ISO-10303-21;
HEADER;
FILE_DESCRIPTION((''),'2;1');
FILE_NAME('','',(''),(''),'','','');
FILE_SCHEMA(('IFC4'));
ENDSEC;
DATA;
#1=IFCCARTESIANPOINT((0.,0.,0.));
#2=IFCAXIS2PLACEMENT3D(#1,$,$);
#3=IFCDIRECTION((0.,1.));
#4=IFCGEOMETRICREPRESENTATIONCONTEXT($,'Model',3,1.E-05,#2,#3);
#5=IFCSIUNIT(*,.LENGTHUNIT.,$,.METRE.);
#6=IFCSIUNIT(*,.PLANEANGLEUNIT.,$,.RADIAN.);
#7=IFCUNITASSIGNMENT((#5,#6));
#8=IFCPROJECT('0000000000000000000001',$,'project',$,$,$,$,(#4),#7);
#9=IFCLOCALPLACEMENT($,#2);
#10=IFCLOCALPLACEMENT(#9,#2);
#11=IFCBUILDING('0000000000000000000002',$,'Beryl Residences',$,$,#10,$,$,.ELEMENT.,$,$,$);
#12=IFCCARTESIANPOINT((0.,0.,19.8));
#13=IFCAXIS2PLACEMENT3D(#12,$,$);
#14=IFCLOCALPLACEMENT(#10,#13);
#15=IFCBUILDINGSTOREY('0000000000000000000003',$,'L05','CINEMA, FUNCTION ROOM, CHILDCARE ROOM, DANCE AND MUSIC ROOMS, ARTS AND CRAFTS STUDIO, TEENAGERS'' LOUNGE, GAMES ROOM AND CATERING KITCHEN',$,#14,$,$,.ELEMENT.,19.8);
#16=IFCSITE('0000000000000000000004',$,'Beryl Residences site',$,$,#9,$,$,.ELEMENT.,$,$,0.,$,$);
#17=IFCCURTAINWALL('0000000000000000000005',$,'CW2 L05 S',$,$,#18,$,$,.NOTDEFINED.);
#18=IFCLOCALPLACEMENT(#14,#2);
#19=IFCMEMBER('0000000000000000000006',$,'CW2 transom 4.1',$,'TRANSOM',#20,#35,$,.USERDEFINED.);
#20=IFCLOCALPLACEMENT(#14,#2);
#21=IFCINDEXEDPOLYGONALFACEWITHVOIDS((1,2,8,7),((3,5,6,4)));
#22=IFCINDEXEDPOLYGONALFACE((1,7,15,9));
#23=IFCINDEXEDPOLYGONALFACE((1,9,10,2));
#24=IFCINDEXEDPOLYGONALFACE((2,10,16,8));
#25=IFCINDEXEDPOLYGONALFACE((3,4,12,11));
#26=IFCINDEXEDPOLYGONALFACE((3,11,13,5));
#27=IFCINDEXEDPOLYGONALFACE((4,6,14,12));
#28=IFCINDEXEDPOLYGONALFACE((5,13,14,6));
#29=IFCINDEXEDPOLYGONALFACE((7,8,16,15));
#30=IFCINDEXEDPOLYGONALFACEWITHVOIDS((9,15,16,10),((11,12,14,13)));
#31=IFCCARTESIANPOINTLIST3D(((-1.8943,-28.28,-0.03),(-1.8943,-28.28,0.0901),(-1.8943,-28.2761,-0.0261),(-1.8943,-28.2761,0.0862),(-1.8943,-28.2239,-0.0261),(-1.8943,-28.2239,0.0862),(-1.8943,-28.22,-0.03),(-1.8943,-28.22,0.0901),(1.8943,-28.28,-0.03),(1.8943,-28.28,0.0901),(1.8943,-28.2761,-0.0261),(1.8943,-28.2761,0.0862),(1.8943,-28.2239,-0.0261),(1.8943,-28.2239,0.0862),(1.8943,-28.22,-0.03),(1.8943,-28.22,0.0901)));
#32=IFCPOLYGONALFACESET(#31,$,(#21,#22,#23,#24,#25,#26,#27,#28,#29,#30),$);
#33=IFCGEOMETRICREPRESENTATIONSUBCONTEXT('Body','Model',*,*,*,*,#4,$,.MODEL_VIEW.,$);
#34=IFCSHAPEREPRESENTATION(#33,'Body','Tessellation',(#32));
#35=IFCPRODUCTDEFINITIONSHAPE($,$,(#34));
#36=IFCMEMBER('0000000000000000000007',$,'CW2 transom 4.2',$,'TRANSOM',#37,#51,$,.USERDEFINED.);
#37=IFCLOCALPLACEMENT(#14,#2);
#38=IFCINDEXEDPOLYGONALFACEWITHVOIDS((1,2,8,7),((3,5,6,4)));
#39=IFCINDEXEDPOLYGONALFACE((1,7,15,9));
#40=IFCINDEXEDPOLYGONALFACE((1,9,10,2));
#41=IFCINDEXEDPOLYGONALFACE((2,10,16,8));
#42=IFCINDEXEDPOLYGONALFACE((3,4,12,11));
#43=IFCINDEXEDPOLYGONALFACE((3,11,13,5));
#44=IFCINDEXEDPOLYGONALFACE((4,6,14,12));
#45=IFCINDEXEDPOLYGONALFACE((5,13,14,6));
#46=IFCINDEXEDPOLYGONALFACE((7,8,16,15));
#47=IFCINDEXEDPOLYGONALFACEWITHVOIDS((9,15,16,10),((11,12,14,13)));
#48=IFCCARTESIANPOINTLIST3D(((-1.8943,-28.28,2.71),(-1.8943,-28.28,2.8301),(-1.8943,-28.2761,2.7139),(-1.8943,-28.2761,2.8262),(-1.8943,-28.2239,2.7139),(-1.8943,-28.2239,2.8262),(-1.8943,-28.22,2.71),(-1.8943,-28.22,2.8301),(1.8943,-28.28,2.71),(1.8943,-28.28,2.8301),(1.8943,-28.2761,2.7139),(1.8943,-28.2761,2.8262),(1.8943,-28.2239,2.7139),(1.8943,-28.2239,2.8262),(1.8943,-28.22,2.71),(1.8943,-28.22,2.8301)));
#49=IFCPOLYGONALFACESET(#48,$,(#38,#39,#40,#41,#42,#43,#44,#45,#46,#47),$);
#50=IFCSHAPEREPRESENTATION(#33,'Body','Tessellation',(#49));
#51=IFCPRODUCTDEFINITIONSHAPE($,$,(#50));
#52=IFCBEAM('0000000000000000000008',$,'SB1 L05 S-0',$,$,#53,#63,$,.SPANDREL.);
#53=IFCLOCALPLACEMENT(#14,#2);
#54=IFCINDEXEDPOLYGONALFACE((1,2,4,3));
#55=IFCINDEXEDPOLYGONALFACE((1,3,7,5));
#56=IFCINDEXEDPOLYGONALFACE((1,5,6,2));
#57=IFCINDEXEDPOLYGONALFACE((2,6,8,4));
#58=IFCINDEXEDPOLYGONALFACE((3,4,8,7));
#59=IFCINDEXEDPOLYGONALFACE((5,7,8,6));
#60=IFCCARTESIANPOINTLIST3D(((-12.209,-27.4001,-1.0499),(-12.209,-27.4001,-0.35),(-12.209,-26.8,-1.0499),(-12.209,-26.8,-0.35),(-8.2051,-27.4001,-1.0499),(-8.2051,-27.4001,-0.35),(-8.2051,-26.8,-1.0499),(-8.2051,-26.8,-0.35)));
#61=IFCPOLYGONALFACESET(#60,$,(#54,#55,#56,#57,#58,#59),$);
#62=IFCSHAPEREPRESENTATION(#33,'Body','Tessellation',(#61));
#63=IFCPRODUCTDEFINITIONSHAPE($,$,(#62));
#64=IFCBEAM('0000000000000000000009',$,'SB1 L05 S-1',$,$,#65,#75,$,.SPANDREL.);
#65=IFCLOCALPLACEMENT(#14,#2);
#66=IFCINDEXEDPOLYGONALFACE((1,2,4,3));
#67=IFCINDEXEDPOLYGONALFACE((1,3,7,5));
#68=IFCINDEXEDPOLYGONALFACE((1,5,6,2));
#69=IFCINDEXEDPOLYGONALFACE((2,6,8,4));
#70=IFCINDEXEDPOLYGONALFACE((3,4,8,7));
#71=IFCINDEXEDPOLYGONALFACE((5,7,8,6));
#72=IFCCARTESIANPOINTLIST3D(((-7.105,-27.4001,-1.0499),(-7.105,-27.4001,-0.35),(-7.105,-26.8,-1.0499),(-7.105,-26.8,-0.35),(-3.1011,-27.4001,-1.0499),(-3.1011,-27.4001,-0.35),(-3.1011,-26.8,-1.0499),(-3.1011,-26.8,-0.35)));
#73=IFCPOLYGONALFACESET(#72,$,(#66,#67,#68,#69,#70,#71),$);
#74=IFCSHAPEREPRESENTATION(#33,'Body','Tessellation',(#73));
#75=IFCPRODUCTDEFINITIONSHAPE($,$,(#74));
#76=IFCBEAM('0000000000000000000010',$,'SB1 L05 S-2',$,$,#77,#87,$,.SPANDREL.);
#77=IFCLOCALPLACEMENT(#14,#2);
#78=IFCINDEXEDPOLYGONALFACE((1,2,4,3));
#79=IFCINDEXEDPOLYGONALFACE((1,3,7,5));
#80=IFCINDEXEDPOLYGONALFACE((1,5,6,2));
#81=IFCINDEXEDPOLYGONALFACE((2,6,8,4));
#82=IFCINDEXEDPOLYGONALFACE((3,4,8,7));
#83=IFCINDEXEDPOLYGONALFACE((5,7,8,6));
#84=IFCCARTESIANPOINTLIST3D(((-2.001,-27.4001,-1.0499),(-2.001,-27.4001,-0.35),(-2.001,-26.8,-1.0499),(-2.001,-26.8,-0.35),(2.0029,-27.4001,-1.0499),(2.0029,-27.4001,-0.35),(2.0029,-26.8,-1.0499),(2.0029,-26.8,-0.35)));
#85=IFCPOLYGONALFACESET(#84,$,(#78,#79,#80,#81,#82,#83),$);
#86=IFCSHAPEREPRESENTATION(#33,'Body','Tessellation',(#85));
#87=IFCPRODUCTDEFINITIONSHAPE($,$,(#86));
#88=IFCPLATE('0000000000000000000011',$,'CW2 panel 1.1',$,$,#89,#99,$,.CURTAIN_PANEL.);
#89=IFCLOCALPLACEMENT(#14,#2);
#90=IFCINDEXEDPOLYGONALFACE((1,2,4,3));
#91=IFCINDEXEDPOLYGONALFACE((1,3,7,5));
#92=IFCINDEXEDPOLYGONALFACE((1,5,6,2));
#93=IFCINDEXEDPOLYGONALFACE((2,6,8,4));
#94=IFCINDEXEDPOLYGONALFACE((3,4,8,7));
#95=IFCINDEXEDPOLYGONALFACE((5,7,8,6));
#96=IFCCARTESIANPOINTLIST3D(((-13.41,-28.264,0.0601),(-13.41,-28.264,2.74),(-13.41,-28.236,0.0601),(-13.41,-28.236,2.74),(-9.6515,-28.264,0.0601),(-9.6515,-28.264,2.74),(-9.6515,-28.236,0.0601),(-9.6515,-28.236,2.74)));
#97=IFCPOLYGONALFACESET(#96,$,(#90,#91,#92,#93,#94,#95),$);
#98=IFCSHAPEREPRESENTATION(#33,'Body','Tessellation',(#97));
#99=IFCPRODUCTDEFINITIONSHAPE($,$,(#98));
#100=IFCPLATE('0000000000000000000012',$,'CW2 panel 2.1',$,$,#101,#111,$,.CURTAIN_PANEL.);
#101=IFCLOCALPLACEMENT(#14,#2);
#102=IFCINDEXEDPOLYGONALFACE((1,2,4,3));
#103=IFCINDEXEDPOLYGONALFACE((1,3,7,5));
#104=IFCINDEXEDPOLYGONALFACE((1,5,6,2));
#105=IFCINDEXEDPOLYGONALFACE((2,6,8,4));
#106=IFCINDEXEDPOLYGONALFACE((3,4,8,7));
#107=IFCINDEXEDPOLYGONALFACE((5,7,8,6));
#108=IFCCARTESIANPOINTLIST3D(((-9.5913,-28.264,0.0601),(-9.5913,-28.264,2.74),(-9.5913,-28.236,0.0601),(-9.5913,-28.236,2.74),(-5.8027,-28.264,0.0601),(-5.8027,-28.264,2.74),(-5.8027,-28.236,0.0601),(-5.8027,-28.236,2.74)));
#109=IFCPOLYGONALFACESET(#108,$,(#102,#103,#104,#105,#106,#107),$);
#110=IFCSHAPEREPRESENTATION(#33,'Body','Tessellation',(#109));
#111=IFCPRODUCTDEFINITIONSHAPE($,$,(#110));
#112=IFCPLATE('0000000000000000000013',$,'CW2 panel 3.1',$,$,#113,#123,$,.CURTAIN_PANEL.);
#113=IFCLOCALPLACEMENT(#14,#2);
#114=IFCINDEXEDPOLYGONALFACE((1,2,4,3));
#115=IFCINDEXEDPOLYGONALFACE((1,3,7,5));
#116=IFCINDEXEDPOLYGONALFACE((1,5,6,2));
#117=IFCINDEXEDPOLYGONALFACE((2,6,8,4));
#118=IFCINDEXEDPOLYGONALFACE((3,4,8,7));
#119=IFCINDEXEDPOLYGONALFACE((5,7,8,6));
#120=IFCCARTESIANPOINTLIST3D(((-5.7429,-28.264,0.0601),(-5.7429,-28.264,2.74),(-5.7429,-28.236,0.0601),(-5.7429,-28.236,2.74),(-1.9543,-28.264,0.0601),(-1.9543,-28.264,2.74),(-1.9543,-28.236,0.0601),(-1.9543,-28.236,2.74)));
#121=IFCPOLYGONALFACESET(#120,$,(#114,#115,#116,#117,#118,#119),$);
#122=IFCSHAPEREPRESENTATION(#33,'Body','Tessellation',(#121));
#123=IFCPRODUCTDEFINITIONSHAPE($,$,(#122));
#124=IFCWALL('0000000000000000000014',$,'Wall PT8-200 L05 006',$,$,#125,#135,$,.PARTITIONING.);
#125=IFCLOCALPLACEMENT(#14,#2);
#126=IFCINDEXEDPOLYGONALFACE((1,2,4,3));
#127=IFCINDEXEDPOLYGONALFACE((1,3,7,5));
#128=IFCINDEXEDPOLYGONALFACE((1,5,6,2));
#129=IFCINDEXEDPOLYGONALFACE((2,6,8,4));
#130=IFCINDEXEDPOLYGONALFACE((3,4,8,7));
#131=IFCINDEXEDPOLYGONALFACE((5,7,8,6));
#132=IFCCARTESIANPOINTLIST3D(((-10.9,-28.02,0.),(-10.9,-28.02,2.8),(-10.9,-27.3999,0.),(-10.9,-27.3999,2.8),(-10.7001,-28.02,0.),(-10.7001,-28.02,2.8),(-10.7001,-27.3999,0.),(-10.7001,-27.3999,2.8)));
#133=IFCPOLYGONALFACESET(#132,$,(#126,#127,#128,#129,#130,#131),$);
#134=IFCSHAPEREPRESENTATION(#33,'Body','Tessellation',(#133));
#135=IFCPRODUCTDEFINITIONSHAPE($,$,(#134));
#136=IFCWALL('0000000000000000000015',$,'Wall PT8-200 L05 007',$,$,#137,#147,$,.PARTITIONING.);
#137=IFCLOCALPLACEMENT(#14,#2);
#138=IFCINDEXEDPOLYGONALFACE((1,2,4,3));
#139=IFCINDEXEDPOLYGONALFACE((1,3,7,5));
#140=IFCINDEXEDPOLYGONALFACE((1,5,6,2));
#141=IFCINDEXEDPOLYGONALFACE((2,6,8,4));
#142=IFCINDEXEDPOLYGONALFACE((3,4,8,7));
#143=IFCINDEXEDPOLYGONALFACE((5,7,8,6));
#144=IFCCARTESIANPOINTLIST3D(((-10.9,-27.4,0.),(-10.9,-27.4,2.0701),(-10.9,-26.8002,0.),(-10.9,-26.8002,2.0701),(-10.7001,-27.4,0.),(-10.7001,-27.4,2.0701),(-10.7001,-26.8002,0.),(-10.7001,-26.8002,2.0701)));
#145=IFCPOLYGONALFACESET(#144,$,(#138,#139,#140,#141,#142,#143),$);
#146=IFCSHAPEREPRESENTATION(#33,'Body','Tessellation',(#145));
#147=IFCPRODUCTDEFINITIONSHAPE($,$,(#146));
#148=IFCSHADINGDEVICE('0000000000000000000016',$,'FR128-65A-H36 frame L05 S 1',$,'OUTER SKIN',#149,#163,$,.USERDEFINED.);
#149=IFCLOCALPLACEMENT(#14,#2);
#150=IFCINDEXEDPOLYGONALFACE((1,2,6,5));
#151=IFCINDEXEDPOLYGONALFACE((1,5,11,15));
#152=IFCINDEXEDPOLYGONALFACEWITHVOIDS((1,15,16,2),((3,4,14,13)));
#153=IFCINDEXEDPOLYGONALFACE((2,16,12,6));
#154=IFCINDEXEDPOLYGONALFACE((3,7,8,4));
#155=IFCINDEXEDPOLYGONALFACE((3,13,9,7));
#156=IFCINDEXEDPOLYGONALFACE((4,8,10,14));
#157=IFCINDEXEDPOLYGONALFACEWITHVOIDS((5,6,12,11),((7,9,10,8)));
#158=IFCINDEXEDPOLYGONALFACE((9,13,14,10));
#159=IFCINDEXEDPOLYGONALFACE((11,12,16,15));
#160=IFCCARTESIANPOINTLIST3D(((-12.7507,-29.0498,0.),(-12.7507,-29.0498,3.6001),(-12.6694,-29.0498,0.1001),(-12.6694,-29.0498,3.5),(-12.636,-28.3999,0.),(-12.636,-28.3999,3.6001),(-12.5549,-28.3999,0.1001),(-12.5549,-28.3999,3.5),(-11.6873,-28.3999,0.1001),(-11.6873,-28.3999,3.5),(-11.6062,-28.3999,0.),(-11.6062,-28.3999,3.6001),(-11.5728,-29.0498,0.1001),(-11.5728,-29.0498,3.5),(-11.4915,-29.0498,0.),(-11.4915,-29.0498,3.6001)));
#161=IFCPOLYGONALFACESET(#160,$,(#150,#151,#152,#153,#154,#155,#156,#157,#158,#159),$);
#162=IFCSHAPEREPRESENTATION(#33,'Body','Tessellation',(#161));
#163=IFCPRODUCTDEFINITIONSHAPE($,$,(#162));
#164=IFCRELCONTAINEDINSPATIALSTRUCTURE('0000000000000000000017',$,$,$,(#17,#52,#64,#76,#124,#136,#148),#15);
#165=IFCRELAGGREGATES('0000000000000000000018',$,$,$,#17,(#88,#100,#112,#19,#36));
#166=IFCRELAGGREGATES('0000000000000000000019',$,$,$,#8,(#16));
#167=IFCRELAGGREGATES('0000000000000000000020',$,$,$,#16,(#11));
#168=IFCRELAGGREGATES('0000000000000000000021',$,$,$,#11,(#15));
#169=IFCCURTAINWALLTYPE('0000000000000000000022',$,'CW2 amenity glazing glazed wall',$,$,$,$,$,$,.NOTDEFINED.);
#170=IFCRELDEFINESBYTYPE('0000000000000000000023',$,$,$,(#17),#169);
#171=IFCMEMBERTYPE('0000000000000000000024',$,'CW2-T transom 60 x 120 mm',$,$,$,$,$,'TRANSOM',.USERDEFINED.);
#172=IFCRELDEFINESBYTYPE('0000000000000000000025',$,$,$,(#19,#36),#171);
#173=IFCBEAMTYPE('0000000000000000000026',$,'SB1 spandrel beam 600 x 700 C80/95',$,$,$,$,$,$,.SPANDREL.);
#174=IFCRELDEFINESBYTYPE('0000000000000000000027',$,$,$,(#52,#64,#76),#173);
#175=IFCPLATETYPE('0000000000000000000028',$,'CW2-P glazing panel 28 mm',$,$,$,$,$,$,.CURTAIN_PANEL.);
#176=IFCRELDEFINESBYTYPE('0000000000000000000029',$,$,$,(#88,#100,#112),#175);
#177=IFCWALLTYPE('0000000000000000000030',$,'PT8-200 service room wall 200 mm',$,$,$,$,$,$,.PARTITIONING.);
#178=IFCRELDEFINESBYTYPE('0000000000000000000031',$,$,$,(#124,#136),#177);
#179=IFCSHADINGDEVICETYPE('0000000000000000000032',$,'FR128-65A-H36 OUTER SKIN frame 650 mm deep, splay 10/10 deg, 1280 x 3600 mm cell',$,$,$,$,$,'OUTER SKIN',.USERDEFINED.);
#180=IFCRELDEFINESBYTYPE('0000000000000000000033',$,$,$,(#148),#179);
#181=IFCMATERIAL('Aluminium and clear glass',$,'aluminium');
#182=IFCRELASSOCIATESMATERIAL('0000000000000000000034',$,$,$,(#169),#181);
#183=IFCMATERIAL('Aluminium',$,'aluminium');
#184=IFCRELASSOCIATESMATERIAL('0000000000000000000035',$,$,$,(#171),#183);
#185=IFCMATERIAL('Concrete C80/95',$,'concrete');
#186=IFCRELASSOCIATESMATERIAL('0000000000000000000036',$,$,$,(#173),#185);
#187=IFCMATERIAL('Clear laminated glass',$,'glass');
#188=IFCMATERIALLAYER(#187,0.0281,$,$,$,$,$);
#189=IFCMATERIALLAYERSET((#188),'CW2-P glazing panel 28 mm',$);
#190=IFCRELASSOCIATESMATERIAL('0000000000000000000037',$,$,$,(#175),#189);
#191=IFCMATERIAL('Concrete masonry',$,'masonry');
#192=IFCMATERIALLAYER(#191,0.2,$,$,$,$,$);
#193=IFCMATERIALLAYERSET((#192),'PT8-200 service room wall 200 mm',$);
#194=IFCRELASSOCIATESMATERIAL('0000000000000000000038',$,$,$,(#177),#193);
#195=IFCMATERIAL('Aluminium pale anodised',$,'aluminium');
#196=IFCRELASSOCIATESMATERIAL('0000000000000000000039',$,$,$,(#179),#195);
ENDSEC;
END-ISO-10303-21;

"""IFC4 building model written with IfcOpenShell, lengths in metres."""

from ifc_helpers import new_model, entity, si_unit, direction, frame, frame_2d, origin, origin_2d, place, context, subcontext, project, spatial, rectangle, hollow_rectangle, extrude, source, transform, mapped, material, layer, layer_set, material_profile, profile_set, type_object, type_shapes, element, aggregate, save


model = new_model("IFC4")

# Units and contexts
model_context = context("Model", 3, precision=1e-05, world=origin(), true_north=direction((0.0, 1.0)))
body_context = subcontext(model_context, "Body", "Model", "MODEL_VIEW")
ifc_project = project(units=[si_unit("LENGTHUNIT", "METRE"), si_unit("PLANEANGLEUNIT", "RADIAN")], contexts=[model_context])

# Site, building, storey
site_placement = place(None, origin())
site = spatial("IfcSite", under=ifc_project, at=site_placement, Name="Beryl Residences site", CompositionType="ELEMENT", RefElevation=0.0)
building_placement = place(site_placement, origin())
building = spatial("IfcBuilding", under=site, at=building_placement, Name="Beryl Residences", CompositionType="ELEMENT")
storey_placement = place(building_placement, frame((0.0, 0.0, 19.8)))
storey = spatial("IfcBuildingStorey", under=building, at=storey_placement, Name="L05", Description="CINEMA, FUNCTION ROOM, CHILDCARE ROOM, DANCE AND MUSIC ROOMS, ARTS AND CRAFTS STUDIO, TEENAGERS' LOUNGE, GAMES ROOM AND CATERING KITCHEN", CompositionType="ELEMENT", Elevation=19.8)

# Curtain wall, members
ifc_material_1 = material(Name="Aluminium and clear glass", Category="aluminium")
curtain_wall_type = type_object("IfcCurtainWallType", Name="CW2 amenity glazing glazed wall", PredefinedType="NOTDEFINED", material=ifc_material_1)
curtain_wall_placement = place(storey_placement, origin())
curtain_wall = element("IfcCurtainWall", 1, at=curtain_wall_placement, inside=storey, type_object=curtain_wall_type, Name="CW2 L05 S", PredefinedType="NOTDEFINED")
ifc_material_2 = material(Name="Aluminium", Category="aluminium")
ifc_material_profile_1 = material_profile(ifc_material_2, hollow_rectangle(XDim=0.0601, YDim=0.1201, WallThickness=0.0039, at=origin_2d()))
ifc_profile_set_1 = profile_set([ifc_material_profile_1], Name="Aluminium")
member_type_1 = type_object("IfcMemberType", Name="CW2-T transom 60 x 120 mm", ElementType="TRANSOM", PredefinedType="USERDEFINED", material=ifc_profile_set_1)
member_1_placement = place(storey_placement, frame((-1.8943, -28.25, 0.03), z_axis=(1.0, 0.0, 0.0), x_axis=(0.0, 1.0, 0.0)))
member_1 = element("IfcMember", 2, at=member_1_placement, type_object=member_type_1, Name="CW2 transom 4.1", ObjectType="TRANSOM", PredefinedType="USERDEFINED", context=body_context, shape_type="SweptSolid", body=[
    extrude(hollow_rectangle(XDim=0.0601, YDim=0.1201, WallThickness=0.0039, at=origin_2d()), origin(), (0.0, 0.0, 1.0), 3.7886),
])
member_2_placement = place(storey_placement, frame((-1.8943, -28.25, 2.77), z_axis=(1.0, 0.0, 0.0), x_axis=(0.0, 1.0, 0.0)))
member_2 = element("IfcMember", 3, at=member_2_placement, type_object=member_type_1, Name="CW2 transom 4.2", ObjectType="TRANSOM", PredefinedType="USERDEFINED", context=body_context, shape_type="SweptSolid", body=[
    extrude(hollow_rectangle(XDim=0.0601, YDim=0.1201, WallThickness=0.0039, at=origin_2d()), origin(), (0.0, 0.0, 1.0), 3.7886),
])

# Beams
ifc_material_3 = material(Name="Concrete C80/95", Category="concrete")
ifc_material_profile_2 = material_profile(ifc_material_3, rectangle(XDim=0.6001, YDim=0.7, at=origin_2d()))
ifc_profile_set_2 = profile_set([ifc_material_profile_2], Name="Concrete C80/95")
beam_type = type_object("IfcBeamType", Name="SB1 spandrel beam 600 x 700 C80/95", PredefinedType="SPANDREL", material=ifc_profile_set_2)
for number, where, z_axis, x_axis, name in (
    (4, (-12.209, -27.1001, -0.7), (1.0, 0.0, 0.0), (0.0, 1.0, 0.0), "SB1 L05 S-0"),
    (5, (-7.105, -27.1001, -0.7), (1.0, 0.0, 0.0), (0.0, 1.0, 0.0), "SB1 L05 S-1"),
    (6, (-2.001, -27.1001, -0.7), (1.0, 0.0, 0.0), (0.0, 1.0, 0.0), "SB1 L05 S-2"),
):
    element("IfcBeam", number, at=place(storey_placement, frame(where, z_axis=z_axis, x_axis=x_axis)), inside=storey, type_object=beam_type, Name=name, PredefinedType="SPANDREL", context=body_context, shape_type="SweptSolid", body=[
        extrude(rectangle(XDim=0.6001, YDim=0.7, at=origin_2d()), origin(), (0.0, 0.0, 1.0), 4.0039),
    ])

# Plates
ifc_material_4 = material(Name="Clear laminated glass", Category="glass")
ifc_layer_1 = layer(ifc_material_4, 0.0281)
ifc_layer_set_1 = layer_set([ifc_layer_1], Name="CW2-P glazing panel 28 mm")
plate_type = type_object("IfcPlateType", Name="CW2-P glazing panel 28 mm", PredefinedType="CURTAIN_PANEL", material=ifc_layer_set_1)
plate_1_placement = place(storey_placement, frame((-11.5308, -28.25, 0.0601), z_axis=(0.0, 0.0, 1.0), x_axis=(1.0, 0.0, 0.0)))
plate_1 = element("IfcPlate", 7, at=plate_1_placement, type_object=plate_type, Name="CW2 panel 1.1", PredefinedType="CURTAIN_PANEL", context=body_context, shape_type="SweptSolid", body=[
    extrude(rectangle(XDim=3.7585, YDim=0.0281, at=origin_2d()), origin(), (0.0, 0.0, 1.0), 2.6799),
])
plate_2_placement = place(storey_placement, frame((-7.697, -28.25, 0.0601), z_axis=(0.0, 0.0, 1.0), x_axis=(1.0, 0.0, 0.0)))
plate_2 = element("IfcPlate", 8, at=plate_2_placement, type_object=plate_type, Name="CW2 panel 2.1", PredefinedType="CURTAIN_PANEL", context=body_context, shape_type="SweptSolid", body=[
    extrude(rectangle(XDim=3.7886, YDim=0.0281, at=origin_2d()), origin(), (0.0, 0.0, 1.0), 2.6799),
])
plate_3_placement = place(storey_placement, frame((-3.8486, -28.25, 0.0601), z_axis=(0.0, 0.0, 1.0), x_axis=(1.0, 0.0, 0.0)))
plate_3 = element("IfcPlate", 9, at=plate_3_placement, type_object=plate_type, Name="CW2 panel 3.1", PredefinedType="CURTAIN_PANEL", context=body_context, shape_type="SweptSolid", body=[
    extrude(rectangle(XDim=3.7886, YDim=0.0281, at=origin_2d()), origin(), (0.0, 0.0, 1.0), 2.6799),
])
aggregate(curtain_wall, [plate_1, plate_2, plate_3, member_1, member_2])

# Walls
ifc_material_5 = material(Name="Concrete masonry", Category="masonry")
ifc_layer_2 = layer(ifc_material_5, 0.2)
ifc_layer_set_2 = layer_set([ifc_layer_2], Name="PT8-200 service room wall 200 mm")
wall_type = type_object("IfcWallType", Name="PT8-200 service room wall 200 mm", PredefinedType="PARTITIONING", material=ifc_layer_set_2)
wall_1_placement = place(storey_placement, frame((-10.8, -28.02, 0.0), z_axis=(0.0, 0.0, 1.0), x_axis=(0.0, 1.0, 0.0)))
element("IfcWall", 10, at=wall_1_placement, inside=storey, type_object=wall_type, Name="Wall PT8-200 L05 006", PredefinedType="PARTITIONING", context=body_context, shape_type="SweptSolid", body=[
    extrude(rectangle(XDim=0.6201, YDim=0.2, at=frame_2d((0.3101, 0.0))), origin(), (0.0, 0.0, 1.0), 2.8),
])
wall_2_placement = place(storey_placement, frame((-10.8, -27.3999, 0.0), z_axis=(0.0, 0.0, 1.0), x_axis=(0.0, 1.0, 0.0)))
element("IfcWall", 11, at=wall_2_placement, inside=storey, type_object=wall_type, Name="Wall PT8-200 L05 007", PredefinedType="PARTITIONING", context=body_context, shape_type="SweptSolid", body=[
    extrude(rectangle(XDim=0.5999, YDim=0.2, at=frame_2d((0.2998, 0.0))), origin(), (0.0, 0.0, 1.0), 2.0701),
])

# Shading device
ifc_material_6 = material(Name="Aluminium pale anodised", Category="aluminium")
shading_device_type_1 = type_object("IfcShadingDeviceType", Name="FR128-65A-H36 OUTER SKIN frame 650 mm deep, splay 10/10 deg, 1280 x 3600 mm cell", ElementType="OUTER SKIN", PredefinedType="USERDEFINED", material=ifc_material_6)
cartesian_point_1 = entity("IfcCartesianPoint", [-0.5149, 0.0])
cartesian_point_2 = entity("IfcCartesianPoint", [-0.4338, 0.1001])
cartesian_point_3 = entity("IfcCartesianPoint", [-0.6296, 0.0])
cartesian_point_4 = entity("IfcCartesianPoint", [-0.5483, 0.1001])
shared_shape_1 = source(origin(), body_context, "Body", "SweptSolid", [
    entity("IfcExtrudedAreaSolidTapered", entity("IfcArbitraryProfileDefWithVoids", "AREA", None, entity("IfcPolyline", [cartesian_point_1, entity("IfcCartesianPoint", [0.5149, 0.0]), entity("IfcCartesianPoint", [0.5149, 3.6001]), entity("IfcCartesianPoint", [-0.5149, 3.6001]), cartesian_point_1]), [entity("IfcPolyline", [cartesian_point_2, entity("IfcCartesianPoint", [0.4338, 0.1001]), entity("IfcCartesianPoint", [0.4338, 3.5]), entity("IfcCartesianPoint", [-0.4338, 3.5]), cartesian_point_2])]), entity("IfcAxis2Placement3D", entity("IfcCartesianPoint", [0.0, 0.0, 0.0]), entity("IfcDirection", [0.0, 1.0, 0.0]), entity("IfcDirection", [-1.0, 0.0, 0.0])), entity("IfcDirection", [0.0, 0.0, 1.0]), 0.6499, entity("IfcArbitraryProfileDefWithVoids", "AREA", None, entity("IfcPolyline", [cartesian_point_3, entity("IfcCartesianPoint", [0.6296, 0.0]), entity("IfcCartesianPoint", [0.6296, 3.6001]), entity("IfcCartesianPoint", [-0.6296, 3.6001]), cartesian_point_3]), [entity("IfcPolyline", [cartesian_point_4, entity("IfcCartesianPoint", [0.5483, 0.1001]), entity("IfcCartesianPoint", [0.5483, 3.5]), entity("IfcCartesianPoint", [-0.5483, 3.5]), cartesian_point_4])])),
])
type_shapes(shading_device_type_1, [shared_shape_1])
shading_device_1_placement = place(storey_placement, frame((-12.1211, -28.3999, 0.0), z_axis=(0.0, 0.0, 1.0), x_axis=(-1.0, 0.0, 0.0)))
element("IfcShadingDevice", 12, at=shading_device_1_placement, inside=storey, type_object=shading_device_type_1, Name="FR128-65A-H36 frame L05 S 1", ObjectType="OUTER SKIN", PredefinedType="USERDEFINED", context=body_context, shape_type="MappedRepresentation", body=[
    mapped(shared_shape_1, transform((0.0, 0.0, 0.0))),
])

save(model, "model.ifc")
